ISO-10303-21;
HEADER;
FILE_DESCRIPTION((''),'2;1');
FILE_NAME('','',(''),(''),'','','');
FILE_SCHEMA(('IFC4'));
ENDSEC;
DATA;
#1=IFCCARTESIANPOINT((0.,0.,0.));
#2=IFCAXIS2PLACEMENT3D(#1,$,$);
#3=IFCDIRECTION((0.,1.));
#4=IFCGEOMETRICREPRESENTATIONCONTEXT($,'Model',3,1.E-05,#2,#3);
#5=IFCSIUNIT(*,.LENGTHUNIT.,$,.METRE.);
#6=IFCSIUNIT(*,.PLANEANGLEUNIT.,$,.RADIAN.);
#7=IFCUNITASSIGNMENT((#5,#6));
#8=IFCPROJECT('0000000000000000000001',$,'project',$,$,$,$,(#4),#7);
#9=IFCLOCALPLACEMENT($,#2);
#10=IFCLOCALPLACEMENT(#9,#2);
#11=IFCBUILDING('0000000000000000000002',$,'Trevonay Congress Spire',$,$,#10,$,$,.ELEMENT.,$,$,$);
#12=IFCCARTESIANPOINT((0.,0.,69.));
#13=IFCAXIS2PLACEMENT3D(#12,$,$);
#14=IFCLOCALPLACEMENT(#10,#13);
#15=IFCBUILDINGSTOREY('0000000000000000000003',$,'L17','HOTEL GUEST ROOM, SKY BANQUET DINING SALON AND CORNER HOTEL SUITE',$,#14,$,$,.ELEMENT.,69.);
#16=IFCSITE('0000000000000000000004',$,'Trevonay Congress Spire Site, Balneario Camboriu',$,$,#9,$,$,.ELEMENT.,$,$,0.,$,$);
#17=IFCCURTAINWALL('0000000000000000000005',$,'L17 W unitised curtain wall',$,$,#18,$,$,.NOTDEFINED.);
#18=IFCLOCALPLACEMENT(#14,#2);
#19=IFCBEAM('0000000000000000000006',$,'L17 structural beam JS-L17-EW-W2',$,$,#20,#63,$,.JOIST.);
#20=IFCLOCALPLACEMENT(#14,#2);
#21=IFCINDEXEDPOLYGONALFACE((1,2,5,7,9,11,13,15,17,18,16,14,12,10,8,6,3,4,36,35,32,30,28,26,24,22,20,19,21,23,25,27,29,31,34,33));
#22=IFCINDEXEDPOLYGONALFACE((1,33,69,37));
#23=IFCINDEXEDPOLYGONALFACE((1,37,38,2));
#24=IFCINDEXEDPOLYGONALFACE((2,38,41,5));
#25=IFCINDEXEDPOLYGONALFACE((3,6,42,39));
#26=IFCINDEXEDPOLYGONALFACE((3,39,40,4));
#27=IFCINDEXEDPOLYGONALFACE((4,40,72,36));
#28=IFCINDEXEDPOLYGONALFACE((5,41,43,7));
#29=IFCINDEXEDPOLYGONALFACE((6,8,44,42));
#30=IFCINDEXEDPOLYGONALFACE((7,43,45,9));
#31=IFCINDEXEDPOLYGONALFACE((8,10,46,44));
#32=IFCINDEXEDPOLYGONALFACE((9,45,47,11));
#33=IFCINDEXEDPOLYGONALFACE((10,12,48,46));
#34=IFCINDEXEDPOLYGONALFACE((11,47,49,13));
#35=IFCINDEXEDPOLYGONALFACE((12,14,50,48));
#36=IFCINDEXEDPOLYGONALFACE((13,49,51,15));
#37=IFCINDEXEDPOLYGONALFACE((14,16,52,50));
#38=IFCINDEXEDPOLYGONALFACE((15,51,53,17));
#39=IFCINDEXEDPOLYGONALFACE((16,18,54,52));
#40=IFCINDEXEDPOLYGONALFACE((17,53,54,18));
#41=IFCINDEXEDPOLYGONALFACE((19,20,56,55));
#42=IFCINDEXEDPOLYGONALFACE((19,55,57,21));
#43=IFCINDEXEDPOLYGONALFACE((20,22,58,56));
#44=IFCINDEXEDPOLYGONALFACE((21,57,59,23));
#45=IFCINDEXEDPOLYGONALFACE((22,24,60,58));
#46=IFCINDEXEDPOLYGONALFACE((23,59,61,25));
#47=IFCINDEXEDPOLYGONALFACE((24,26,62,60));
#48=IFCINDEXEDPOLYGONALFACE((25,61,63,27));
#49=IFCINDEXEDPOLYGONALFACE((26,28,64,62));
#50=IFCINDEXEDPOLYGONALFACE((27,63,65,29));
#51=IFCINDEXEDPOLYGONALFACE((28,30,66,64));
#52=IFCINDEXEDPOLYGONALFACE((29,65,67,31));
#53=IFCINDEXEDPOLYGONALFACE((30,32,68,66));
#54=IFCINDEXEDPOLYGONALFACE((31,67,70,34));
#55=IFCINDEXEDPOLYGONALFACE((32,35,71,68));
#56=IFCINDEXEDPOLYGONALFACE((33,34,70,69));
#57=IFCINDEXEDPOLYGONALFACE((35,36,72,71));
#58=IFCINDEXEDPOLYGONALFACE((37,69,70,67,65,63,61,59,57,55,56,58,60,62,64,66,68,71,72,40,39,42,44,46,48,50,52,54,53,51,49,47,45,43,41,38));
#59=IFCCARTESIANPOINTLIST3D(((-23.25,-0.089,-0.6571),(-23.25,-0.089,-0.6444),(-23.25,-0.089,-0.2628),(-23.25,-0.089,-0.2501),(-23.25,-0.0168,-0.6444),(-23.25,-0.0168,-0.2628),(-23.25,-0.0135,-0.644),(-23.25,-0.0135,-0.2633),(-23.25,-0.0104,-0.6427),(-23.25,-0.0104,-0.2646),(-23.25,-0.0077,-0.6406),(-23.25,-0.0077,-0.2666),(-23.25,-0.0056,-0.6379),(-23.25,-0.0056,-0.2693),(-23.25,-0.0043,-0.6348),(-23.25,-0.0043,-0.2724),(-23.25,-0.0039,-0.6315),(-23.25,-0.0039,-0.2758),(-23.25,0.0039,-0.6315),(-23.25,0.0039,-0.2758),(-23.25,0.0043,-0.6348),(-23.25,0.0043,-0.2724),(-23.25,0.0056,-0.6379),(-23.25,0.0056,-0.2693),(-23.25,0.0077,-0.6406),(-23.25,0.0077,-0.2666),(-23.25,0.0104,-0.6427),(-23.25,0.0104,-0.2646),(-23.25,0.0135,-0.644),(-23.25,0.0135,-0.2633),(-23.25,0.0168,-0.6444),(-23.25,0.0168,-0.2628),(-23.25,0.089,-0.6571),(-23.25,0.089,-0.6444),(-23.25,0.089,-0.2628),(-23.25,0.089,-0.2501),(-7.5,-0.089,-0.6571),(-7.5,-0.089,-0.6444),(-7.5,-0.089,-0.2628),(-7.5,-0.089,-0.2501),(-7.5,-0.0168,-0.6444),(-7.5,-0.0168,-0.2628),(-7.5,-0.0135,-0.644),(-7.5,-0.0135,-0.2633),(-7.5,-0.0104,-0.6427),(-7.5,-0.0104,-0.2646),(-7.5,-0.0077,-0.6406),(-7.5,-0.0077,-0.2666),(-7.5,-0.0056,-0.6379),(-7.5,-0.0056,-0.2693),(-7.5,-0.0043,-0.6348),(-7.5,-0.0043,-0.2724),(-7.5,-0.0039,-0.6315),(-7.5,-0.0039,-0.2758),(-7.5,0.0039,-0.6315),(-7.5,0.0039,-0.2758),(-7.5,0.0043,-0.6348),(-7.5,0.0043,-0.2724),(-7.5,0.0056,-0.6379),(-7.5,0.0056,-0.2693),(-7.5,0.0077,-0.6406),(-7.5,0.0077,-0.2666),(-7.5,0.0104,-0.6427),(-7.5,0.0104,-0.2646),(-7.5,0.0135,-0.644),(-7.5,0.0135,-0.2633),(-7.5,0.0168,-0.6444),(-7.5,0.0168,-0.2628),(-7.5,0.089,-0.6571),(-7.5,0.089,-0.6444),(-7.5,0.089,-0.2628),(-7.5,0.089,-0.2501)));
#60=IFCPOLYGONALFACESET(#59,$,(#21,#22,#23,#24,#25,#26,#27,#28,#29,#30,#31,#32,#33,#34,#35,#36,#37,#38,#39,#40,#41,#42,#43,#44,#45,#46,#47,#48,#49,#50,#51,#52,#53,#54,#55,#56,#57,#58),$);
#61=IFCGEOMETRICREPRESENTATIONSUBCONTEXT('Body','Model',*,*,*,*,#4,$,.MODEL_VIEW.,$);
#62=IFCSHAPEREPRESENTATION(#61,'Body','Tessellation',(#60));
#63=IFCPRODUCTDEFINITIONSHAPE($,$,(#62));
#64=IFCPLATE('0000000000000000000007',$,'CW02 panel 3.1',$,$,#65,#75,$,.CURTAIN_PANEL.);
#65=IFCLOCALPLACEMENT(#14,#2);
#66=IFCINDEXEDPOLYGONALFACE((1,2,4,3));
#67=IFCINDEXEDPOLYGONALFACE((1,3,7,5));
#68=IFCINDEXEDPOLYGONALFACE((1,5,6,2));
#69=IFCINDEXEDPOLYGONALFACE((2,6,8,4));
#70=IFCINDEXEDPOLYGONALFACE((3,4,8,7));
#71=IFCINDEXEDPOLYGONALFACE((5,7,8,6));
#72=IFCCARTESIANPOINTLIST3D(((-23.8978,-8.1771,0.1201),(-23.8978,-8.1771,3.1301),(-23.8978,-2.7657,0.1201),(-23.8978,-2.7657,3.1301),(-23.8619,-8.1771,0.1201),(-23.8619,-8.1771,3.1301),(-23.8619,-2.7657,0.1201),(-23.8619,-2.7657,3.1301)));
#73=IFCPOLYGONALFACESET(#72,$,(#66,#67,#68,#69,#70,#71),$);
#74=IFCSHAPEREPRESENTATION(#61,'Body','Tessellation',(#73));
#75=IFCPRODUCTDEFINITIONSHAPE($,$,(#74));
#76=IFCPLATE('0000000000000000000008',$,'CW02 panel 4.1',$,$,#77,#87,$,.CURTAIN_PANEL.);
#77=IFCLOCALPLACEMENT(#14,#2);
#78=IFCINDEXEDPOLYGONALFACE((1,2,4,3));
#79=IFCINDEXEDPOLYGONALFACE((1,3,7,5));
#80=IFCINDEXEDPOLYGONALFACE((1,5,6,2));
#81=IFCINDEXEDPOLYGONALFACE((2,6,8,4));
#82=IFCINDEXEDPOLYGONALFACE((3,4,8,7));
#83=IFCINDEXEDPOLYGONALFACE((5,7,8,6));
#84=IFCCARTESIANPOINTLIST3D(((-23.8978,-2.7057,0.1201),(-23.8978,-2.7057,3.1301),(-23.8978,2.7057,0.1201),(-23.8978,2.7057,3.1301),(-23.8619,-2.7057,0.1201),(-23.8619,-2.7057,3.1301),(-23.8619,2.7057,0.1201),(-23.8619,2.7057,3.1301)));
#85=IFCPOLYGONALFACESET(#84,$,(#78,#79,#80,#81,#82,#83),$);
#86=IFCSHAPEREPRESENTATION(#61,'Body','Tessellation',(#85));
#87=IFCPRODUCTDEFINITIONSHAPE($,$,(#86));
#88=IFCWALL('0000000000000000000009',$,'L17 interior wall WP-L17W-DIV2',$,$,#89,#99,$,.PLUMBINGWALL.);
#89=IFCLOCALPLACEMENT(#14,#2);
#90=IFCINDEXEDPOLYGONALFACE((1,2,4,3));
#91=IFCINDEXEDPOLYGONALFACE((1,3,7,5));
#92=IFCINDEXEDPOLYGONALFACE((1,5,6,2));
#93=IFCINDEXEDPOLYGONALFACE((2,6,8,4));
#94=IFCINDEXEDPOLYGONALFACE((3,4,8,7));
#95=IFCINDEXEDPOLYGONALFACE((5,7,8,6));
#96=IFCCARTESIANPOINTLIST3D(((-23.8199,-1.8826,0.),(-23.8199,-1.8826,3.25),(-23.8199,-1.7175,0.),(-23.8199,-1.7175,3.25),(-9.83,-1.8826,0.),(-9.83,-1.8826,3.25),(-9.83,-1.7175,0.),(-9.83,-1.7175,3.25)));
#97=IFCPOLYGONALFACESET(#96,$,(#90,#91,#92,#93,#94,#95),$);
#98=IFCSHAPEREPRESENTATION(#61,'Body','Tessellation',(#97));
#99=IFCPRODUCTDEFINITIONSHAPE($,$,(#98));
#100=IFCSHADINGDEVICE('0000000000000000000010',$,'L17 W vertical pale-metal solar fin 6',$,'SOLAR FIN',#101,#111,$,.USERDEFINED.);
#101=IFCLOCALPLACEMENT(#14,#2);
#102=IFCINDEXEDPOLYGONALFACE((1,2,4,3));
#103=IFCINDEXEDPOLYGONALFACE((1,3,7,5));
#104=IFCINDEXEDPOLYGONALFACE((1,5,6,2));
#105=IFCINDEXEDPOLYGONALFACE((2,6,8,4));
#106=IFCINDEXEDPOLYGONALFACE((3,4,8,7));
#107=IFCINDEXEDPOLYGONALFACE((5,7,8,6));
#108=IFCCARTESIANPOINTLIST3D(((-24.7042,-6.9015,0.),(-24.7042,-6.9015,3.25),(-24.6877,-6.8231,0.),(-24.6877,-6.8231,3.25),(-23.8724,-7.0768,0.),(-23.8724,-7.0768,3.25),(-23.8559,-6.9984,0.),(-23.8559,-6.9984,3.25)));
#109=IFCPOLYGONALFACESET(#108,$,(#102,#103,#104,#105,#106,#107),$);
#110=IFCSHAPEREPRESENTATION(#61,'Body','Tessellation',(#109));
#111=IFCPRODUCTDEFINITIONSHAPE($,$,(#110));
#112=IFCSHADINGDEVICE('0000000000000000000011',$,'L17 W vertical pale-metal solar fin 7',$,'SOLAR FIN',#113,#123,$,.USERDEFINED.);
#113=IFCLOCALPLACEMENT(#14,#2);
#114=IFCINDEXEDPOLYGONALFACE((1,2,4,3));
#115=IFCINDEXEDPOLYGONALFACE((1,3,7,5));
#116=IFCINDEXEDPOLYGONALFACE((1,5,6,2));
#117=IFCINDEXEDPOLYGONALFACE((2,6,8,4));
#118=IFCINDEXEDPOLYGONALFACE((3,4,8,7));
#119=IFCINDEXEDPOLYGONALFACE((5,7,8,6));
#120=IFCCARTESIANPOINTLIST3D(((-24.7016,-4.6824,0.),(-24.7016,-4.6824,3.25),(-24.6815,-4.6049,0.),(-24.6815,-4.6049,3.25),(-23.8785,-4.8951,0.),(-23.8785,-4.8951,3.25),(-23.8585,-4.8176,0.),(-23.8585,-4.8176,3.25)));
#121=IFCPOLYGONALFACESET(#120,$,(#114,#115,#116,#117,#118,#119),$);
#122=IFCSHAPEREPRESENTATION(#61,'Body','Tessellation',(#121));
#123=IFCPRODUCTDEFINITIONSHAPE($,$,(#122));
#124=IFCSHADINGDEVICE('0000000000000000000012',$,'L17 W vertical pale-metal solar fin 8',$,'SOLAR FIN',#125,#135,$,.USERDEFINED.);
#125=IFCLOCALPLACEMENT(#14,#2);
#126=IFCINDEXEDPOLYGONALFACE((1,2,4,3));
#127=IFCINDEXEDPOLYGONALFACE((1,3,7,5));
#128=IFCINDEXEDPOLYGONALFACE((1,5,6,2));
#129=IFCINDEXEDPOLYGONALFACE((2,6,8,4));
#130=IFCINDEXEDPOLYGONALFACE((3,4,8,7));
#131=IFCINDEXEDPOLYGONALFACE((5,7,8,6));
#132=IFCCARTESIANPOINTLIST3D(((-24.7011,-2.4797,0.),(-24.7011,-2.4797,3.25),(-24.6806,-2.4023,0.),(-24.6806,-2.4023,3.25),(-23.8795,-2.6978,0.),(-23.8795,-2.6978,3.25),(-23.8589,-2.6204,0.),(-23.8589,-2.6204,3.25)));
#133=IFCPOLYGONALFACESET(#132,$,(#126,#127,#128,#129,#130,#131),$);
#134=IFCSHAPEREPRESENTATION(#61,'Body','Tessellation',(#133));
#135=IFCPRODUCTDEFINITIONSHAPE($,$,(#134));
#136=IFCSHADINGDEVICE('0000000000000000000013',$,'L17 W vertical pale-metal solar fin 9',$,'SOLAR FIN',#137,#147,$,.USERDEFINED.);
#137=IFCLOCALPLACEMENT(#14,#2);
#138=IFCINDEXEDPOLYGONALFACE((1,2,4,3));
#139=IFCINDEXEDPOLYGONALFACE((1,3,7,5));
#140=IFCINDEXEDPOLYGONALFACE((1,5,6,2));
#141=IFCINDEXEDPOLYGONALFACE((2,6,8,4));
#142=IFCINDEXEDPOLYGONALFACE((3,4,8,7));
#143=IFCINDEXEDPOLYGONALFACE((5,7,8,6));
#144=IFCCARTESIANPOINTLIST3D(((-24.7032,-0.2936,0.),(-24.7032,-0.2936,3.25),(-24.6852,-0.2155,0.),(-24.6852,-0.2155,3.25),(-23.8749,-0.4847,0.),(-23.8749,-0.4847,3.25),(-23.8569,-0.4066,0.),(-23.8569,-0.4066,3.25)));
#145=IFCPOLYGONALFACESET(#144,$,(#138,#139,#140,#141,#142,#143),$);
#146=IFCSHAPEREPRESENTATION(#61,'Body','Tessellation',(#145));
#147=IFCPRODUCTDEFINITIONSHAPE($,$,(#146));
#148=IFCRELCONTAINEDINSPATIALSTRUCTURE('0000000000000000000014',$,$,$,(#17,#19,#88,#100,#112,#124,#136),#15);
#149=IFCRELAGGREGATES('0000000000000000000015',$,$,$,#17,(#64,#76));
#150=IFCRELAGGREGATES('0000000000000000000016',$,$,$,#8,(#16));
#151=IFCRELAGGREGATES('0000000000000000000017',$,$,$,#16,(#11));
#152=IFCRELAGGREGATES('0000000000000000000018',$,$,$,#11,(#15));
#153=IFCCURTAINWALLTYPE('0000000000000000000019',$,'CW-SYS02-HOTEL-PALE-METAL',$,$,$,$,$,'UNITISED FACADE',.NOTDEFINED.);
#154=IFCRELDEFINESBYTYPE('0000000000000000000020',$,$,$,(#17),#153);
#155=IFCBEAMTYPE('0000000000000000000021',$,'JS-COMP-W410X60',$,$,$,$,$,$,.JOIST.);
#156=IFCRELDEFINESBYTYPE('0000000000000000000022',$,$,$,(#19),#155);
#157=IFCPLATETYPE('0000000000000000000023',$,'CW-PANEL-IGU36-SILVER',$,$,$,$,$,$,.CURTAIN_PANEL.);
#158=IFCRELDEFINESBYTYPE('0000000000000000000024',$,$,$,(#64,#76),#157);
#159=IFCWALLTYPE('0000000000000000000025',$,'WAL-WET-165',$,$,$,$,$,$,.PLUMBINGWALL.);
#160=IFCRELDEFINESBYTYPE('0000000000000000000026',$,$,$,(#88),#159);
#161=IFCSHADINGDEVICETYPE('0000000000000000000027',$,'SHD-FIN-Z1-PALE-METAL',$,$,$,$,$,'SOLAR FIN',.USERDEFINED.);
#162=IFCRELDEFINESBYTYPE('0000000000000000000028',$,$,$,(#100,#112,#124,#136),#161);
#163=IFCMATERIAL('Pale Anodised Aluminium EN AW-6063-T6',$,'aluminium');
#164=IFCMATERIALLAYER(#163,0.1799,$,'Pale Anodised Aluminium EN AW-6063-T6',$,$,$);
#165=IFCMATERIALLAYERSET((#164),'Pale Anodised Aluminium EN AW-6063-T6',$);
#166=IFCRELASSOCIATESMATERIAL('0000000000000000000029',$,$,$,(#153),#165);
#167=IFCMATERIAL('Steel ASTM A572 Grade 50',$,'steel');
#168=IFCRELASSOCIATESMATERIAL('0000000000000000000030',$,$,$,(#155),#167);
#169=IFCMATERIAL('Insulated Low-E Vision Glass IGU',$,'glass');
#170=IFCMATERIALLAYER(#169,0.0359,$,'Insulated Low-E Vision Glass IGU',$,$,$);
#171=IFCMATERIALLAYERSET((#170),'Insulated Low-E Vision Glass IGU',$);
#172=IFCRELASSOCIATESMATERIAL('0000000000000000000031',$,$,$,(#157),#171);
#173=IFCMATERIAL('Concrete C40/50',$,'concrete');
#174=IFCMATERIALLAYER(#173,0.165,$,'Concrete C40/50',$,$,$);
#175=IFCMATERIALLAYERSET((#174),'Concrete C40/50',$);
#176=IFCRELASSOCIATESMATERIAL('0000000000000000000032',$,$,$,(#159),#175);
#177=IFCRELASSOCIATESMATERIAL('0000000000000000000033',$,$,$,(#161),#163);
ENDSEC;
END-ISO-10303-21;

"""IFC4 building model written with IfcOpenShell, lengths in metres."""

from ifc_helpers import new_model, si_unit, direction, frame, frame_2d, origin, origin_2d, place, context, subcontext, project, spatial, rectangle, i_section, extrude, material, layer, layer_set, material_profile, profile_set, type_object, element, aggregate, save


model = new_model("IFC4")

# Units and contexts
model_context = context("Model", 3, precision=1e-05, world=origin(), true_north=direction((0.0, 1.0)))
body_context = subcontext(model_context, "Body", "Model", "MODEL_VIEW")
ifc_project = project(units=[si_unit("LENGTHUNIT", "METRE"), si_unit("PLANEANGLEUNIT", "RADIAN")], contexts=[model_context])

# Site, building, storey
site_placement = place(None, origin())
site = spatial("IfcSite", under=ifc_project, at=site_placement, Name="Trevonay Congress Spire Site, Balneario Camboriu", CompositionType="ELEMENT", RefElevation=0.0)
building_placement = place(site_placement, origin())
building = spatial("IfcBuilding", under=site, at=building_placement, Name="Trevonay Congress Spire", CompositionType="ELEMENT")
storey_placement = place(building_placement, frame((0.0, 0.0, 69.0)))
storey = spatial("IfcBuildingStorey", under=building, at=storey_placement, Name="L17", Description="HOTEL GUEST ROOM, SKY BANQUET DINING SALON AND CORNER HOTEL SUITE", CompositionType="ELEMENT", Elevation=69.0)

# Shared definitions
ifc_material_1 = material(Name="Steel ASTM A572 Grade 50", Category="steel")

# Curtain wall
ifc_material_2 = material(Name="Pale Anodised Aluminium EN AW-6063-T6", Category="aluminium")
ifc_layer_1 = layer(ifc_material_2, 0.1799, Name="Pale Anodised Aluminium EN AW-6063-T6")
ifc_layer_set_1 = layer_set([ifc_layer_1], Name="Pale Anodised Aluminium EN AW-6063-T6")
curtain_wall_type = type_object("IfcCurtainWallType", Name="CW-SYS02-HOTEL-PALE-METAL", ElementType="UNITISED FACADE", PredefinedType="NOTDEFINED", material=ifc_layer_set_1)
curtain_wall_placement = place(storey_placement, origin())
curtain_wall = element("IfcCurtainWall", 1, at=curtain_wall_placement, inside=storey, type_object=curtain_wall_type, Name="L17 W unitised curtain wall", PredefinedType="NOTDEFINED")

# Beam
ifc_material_profile_1 = material_profile(ifc_material_1, i_section(OverallWidth=0.178, OverallDepth=0.407, WebThickness=0.0078, FlangeThickness=0.0127, FilletRadius=0.0129, at=origin_2d()), Name="W410x60")
ifc_profile_set_1 = profile_set([ifc_material_profile_1], Name="Steel ASTM A572 Grade 50")
beam_type_1 = type_object("IfcBeamType", Name="JS-COMP-W410X60", PredefinedType="JOIST", material=ifc_profile_set_1)
for number, where, z_axis, x_axis, name in (
    (2, (-23.25, 0.0, -0.4536), (1.0, 0.0, 0.0), (0.0, 1.0, 0.0), "L17 structural beam JS-L17-EW-W2"),
):
    element("IfcBeam", number, at=place(storey_placement, frame(where, z_axis=z_axis, x_axis=x_axis)), inside=storey, type_object=beam_type_1, Name=name, PredefinedType="JOIST", context=body_context, shape_type="SweptSolid", body=[
        extrude(i_section(OverallWidth=0.178, OverallDepth=0.407, WebThickness=0.0078, FlangeThickness=0.0127, FilletRadius=0.0129, at=origin_2d()), origin(), (0.0, 0.0, 1.0), 15.75),
    ])

# Plates
ifc_material_3 = material(Name="Insulated Low-E Vision Glass IGU", Category="glass")
ifc_layer_2 = layer(ifc_material_3, 0.0359, Name="Insulated Low-E Vision Glass IGU")
ifc_layer_set_2 = layer_set([ifc_layer_2], Name="Insulated Low-E Vision Glass IGU")
plate_type = type_object("IfcPlateType", Name="CW-PANEL-IGU36-SILVER", PredefinedType="CURTAIN_PANEL", material=ifc_layer_set_2)
plate_1_placement = place(storey_placement, frame((-23.8799, -5.4714, 0.1201), z_axis=(0.0, 0.0, 1.0), x_axis=(0.0, 1.0, 0.0)))
plate_1 = element("IfcPlate", 3, at=plate_1_placement, type_object=plate_type, Name="CW02 panel 3.1", PredefinedType="CURTAIN_PANEL", context=body_context, shape_type="SweptSolid", body=[
    extrude(rectangle(XDim=5.4114, YDim=0.0359, at=origin_2d()), origin(), (0.0, 0.0, 1.0), 3.01),
])
plate_2_placement = place(storey_placement, frame((-23.8799, 0.0, 0.1201), z_axis=(0.0, 0.0, 1.0), x_axis=(0.0, 1.0, 0.0)))
plate_2 = element("IfcPlate", 4, at=plate_2_placement, type_object=plate_type, Name="CW02 panel 4.1", PredefinedType="CURTAIN_PANEL", context=body_context, shape_type="SweptSolid", body=[
    extrude(rectangle(XDim=5.4114, YDim=0.0359, at=origin_2d()), origin(), (0.0, 0.0, 1.0), 3.01),
])
aggregate(curtain_wall, [plate_1, plate_2])

# Wall
ifc_material_4 = material(Name="Concrete C40/50", Category="concrete")
ifc_layer_3 = layer(ifc_material_4, 0.165, Name="Concrete C40/50")
ifc_layer_set_3 = layer_set([ifc_layer_3], Name="Concrete C40/50")
wall_type = type_object("IfcWallType", Name="WAL-WET-165", PredefinedType="PLUMBINGWALL", material=ifc_layer_set_3)
wall_placement = place(storey_placement, frame((-23.8201, -1.8, 0.0), z_axis=(0.0, 0.0, 1.0), x_axis=(1.0, 0.0, 0.0)))
element("IfcWall", 5, at=wall_placement, inside=storey, type_object=wall_type, Name="L17 interior wall WP-L17W-DIV2", PredefinedType="PLUMBINGWALL", context=body_context, shape_type="SweptSolid", body=[
    extrude(rectangle(XDim=13.99, YDim=0.165, at=frame_2d((6.9951, 0.0))), origin(), (0.0, 0.0, 1.0), 3.25),
])

# Shading devices
shading_device_type = type_object("IfcShadingDeviceType", Name="SHD-FIN-Z1-PALE-METAL", ElementType="SOLAR FIN", PredefinedType="USERDEFINED", material=ifc_material_2)
for number, where, z_axis, x_axis, name in (
    (6, (-24.28, -6.95, 0.0), (0.0, 0.0, 1.0), (0.206204, 0.978509, 0.0), "L17 W vertical pale-metal solar fin 6"),
    (7, (-24.28, -4.75, 0.0), (0.0, 0.0, 1.0), (0.250211, 0.968191, 0.0), "L17 W vertical pale-metal solar fin 7"),
    (8, (-24.28, -2.55, 0.0), (0.0, 0.0, 1.0), (0.256627, 0.966511, 0.0), "L17 W vertical pale-metal solar fin 8"),
    (9, (-24.28, -0.3501, 0.0), (0.0, 0.0, 1.0), (0.224781, 0.974409, 0.0), "L17 W vertical pale-metal solar fin 9"),
):
    element("IfcShadingDevice", number, at=place(storey_placement, frame(where, z_axis=z_axis, x_axis=x_axis)), inside=storey, type_object=shading_device_type, Name=name, ObjectType="SOLAR FIN", PredefinedType="USERDEFINED", context=body_context, shape_type="SweptSolid", body=[
        extrude(rectangle(XDim=0.0801, YDim=0.8501, at=origin_2d()), origin(), (0.0, 0.0, 1.0), 3.25),
    ])

save(model, "model.ifc")
